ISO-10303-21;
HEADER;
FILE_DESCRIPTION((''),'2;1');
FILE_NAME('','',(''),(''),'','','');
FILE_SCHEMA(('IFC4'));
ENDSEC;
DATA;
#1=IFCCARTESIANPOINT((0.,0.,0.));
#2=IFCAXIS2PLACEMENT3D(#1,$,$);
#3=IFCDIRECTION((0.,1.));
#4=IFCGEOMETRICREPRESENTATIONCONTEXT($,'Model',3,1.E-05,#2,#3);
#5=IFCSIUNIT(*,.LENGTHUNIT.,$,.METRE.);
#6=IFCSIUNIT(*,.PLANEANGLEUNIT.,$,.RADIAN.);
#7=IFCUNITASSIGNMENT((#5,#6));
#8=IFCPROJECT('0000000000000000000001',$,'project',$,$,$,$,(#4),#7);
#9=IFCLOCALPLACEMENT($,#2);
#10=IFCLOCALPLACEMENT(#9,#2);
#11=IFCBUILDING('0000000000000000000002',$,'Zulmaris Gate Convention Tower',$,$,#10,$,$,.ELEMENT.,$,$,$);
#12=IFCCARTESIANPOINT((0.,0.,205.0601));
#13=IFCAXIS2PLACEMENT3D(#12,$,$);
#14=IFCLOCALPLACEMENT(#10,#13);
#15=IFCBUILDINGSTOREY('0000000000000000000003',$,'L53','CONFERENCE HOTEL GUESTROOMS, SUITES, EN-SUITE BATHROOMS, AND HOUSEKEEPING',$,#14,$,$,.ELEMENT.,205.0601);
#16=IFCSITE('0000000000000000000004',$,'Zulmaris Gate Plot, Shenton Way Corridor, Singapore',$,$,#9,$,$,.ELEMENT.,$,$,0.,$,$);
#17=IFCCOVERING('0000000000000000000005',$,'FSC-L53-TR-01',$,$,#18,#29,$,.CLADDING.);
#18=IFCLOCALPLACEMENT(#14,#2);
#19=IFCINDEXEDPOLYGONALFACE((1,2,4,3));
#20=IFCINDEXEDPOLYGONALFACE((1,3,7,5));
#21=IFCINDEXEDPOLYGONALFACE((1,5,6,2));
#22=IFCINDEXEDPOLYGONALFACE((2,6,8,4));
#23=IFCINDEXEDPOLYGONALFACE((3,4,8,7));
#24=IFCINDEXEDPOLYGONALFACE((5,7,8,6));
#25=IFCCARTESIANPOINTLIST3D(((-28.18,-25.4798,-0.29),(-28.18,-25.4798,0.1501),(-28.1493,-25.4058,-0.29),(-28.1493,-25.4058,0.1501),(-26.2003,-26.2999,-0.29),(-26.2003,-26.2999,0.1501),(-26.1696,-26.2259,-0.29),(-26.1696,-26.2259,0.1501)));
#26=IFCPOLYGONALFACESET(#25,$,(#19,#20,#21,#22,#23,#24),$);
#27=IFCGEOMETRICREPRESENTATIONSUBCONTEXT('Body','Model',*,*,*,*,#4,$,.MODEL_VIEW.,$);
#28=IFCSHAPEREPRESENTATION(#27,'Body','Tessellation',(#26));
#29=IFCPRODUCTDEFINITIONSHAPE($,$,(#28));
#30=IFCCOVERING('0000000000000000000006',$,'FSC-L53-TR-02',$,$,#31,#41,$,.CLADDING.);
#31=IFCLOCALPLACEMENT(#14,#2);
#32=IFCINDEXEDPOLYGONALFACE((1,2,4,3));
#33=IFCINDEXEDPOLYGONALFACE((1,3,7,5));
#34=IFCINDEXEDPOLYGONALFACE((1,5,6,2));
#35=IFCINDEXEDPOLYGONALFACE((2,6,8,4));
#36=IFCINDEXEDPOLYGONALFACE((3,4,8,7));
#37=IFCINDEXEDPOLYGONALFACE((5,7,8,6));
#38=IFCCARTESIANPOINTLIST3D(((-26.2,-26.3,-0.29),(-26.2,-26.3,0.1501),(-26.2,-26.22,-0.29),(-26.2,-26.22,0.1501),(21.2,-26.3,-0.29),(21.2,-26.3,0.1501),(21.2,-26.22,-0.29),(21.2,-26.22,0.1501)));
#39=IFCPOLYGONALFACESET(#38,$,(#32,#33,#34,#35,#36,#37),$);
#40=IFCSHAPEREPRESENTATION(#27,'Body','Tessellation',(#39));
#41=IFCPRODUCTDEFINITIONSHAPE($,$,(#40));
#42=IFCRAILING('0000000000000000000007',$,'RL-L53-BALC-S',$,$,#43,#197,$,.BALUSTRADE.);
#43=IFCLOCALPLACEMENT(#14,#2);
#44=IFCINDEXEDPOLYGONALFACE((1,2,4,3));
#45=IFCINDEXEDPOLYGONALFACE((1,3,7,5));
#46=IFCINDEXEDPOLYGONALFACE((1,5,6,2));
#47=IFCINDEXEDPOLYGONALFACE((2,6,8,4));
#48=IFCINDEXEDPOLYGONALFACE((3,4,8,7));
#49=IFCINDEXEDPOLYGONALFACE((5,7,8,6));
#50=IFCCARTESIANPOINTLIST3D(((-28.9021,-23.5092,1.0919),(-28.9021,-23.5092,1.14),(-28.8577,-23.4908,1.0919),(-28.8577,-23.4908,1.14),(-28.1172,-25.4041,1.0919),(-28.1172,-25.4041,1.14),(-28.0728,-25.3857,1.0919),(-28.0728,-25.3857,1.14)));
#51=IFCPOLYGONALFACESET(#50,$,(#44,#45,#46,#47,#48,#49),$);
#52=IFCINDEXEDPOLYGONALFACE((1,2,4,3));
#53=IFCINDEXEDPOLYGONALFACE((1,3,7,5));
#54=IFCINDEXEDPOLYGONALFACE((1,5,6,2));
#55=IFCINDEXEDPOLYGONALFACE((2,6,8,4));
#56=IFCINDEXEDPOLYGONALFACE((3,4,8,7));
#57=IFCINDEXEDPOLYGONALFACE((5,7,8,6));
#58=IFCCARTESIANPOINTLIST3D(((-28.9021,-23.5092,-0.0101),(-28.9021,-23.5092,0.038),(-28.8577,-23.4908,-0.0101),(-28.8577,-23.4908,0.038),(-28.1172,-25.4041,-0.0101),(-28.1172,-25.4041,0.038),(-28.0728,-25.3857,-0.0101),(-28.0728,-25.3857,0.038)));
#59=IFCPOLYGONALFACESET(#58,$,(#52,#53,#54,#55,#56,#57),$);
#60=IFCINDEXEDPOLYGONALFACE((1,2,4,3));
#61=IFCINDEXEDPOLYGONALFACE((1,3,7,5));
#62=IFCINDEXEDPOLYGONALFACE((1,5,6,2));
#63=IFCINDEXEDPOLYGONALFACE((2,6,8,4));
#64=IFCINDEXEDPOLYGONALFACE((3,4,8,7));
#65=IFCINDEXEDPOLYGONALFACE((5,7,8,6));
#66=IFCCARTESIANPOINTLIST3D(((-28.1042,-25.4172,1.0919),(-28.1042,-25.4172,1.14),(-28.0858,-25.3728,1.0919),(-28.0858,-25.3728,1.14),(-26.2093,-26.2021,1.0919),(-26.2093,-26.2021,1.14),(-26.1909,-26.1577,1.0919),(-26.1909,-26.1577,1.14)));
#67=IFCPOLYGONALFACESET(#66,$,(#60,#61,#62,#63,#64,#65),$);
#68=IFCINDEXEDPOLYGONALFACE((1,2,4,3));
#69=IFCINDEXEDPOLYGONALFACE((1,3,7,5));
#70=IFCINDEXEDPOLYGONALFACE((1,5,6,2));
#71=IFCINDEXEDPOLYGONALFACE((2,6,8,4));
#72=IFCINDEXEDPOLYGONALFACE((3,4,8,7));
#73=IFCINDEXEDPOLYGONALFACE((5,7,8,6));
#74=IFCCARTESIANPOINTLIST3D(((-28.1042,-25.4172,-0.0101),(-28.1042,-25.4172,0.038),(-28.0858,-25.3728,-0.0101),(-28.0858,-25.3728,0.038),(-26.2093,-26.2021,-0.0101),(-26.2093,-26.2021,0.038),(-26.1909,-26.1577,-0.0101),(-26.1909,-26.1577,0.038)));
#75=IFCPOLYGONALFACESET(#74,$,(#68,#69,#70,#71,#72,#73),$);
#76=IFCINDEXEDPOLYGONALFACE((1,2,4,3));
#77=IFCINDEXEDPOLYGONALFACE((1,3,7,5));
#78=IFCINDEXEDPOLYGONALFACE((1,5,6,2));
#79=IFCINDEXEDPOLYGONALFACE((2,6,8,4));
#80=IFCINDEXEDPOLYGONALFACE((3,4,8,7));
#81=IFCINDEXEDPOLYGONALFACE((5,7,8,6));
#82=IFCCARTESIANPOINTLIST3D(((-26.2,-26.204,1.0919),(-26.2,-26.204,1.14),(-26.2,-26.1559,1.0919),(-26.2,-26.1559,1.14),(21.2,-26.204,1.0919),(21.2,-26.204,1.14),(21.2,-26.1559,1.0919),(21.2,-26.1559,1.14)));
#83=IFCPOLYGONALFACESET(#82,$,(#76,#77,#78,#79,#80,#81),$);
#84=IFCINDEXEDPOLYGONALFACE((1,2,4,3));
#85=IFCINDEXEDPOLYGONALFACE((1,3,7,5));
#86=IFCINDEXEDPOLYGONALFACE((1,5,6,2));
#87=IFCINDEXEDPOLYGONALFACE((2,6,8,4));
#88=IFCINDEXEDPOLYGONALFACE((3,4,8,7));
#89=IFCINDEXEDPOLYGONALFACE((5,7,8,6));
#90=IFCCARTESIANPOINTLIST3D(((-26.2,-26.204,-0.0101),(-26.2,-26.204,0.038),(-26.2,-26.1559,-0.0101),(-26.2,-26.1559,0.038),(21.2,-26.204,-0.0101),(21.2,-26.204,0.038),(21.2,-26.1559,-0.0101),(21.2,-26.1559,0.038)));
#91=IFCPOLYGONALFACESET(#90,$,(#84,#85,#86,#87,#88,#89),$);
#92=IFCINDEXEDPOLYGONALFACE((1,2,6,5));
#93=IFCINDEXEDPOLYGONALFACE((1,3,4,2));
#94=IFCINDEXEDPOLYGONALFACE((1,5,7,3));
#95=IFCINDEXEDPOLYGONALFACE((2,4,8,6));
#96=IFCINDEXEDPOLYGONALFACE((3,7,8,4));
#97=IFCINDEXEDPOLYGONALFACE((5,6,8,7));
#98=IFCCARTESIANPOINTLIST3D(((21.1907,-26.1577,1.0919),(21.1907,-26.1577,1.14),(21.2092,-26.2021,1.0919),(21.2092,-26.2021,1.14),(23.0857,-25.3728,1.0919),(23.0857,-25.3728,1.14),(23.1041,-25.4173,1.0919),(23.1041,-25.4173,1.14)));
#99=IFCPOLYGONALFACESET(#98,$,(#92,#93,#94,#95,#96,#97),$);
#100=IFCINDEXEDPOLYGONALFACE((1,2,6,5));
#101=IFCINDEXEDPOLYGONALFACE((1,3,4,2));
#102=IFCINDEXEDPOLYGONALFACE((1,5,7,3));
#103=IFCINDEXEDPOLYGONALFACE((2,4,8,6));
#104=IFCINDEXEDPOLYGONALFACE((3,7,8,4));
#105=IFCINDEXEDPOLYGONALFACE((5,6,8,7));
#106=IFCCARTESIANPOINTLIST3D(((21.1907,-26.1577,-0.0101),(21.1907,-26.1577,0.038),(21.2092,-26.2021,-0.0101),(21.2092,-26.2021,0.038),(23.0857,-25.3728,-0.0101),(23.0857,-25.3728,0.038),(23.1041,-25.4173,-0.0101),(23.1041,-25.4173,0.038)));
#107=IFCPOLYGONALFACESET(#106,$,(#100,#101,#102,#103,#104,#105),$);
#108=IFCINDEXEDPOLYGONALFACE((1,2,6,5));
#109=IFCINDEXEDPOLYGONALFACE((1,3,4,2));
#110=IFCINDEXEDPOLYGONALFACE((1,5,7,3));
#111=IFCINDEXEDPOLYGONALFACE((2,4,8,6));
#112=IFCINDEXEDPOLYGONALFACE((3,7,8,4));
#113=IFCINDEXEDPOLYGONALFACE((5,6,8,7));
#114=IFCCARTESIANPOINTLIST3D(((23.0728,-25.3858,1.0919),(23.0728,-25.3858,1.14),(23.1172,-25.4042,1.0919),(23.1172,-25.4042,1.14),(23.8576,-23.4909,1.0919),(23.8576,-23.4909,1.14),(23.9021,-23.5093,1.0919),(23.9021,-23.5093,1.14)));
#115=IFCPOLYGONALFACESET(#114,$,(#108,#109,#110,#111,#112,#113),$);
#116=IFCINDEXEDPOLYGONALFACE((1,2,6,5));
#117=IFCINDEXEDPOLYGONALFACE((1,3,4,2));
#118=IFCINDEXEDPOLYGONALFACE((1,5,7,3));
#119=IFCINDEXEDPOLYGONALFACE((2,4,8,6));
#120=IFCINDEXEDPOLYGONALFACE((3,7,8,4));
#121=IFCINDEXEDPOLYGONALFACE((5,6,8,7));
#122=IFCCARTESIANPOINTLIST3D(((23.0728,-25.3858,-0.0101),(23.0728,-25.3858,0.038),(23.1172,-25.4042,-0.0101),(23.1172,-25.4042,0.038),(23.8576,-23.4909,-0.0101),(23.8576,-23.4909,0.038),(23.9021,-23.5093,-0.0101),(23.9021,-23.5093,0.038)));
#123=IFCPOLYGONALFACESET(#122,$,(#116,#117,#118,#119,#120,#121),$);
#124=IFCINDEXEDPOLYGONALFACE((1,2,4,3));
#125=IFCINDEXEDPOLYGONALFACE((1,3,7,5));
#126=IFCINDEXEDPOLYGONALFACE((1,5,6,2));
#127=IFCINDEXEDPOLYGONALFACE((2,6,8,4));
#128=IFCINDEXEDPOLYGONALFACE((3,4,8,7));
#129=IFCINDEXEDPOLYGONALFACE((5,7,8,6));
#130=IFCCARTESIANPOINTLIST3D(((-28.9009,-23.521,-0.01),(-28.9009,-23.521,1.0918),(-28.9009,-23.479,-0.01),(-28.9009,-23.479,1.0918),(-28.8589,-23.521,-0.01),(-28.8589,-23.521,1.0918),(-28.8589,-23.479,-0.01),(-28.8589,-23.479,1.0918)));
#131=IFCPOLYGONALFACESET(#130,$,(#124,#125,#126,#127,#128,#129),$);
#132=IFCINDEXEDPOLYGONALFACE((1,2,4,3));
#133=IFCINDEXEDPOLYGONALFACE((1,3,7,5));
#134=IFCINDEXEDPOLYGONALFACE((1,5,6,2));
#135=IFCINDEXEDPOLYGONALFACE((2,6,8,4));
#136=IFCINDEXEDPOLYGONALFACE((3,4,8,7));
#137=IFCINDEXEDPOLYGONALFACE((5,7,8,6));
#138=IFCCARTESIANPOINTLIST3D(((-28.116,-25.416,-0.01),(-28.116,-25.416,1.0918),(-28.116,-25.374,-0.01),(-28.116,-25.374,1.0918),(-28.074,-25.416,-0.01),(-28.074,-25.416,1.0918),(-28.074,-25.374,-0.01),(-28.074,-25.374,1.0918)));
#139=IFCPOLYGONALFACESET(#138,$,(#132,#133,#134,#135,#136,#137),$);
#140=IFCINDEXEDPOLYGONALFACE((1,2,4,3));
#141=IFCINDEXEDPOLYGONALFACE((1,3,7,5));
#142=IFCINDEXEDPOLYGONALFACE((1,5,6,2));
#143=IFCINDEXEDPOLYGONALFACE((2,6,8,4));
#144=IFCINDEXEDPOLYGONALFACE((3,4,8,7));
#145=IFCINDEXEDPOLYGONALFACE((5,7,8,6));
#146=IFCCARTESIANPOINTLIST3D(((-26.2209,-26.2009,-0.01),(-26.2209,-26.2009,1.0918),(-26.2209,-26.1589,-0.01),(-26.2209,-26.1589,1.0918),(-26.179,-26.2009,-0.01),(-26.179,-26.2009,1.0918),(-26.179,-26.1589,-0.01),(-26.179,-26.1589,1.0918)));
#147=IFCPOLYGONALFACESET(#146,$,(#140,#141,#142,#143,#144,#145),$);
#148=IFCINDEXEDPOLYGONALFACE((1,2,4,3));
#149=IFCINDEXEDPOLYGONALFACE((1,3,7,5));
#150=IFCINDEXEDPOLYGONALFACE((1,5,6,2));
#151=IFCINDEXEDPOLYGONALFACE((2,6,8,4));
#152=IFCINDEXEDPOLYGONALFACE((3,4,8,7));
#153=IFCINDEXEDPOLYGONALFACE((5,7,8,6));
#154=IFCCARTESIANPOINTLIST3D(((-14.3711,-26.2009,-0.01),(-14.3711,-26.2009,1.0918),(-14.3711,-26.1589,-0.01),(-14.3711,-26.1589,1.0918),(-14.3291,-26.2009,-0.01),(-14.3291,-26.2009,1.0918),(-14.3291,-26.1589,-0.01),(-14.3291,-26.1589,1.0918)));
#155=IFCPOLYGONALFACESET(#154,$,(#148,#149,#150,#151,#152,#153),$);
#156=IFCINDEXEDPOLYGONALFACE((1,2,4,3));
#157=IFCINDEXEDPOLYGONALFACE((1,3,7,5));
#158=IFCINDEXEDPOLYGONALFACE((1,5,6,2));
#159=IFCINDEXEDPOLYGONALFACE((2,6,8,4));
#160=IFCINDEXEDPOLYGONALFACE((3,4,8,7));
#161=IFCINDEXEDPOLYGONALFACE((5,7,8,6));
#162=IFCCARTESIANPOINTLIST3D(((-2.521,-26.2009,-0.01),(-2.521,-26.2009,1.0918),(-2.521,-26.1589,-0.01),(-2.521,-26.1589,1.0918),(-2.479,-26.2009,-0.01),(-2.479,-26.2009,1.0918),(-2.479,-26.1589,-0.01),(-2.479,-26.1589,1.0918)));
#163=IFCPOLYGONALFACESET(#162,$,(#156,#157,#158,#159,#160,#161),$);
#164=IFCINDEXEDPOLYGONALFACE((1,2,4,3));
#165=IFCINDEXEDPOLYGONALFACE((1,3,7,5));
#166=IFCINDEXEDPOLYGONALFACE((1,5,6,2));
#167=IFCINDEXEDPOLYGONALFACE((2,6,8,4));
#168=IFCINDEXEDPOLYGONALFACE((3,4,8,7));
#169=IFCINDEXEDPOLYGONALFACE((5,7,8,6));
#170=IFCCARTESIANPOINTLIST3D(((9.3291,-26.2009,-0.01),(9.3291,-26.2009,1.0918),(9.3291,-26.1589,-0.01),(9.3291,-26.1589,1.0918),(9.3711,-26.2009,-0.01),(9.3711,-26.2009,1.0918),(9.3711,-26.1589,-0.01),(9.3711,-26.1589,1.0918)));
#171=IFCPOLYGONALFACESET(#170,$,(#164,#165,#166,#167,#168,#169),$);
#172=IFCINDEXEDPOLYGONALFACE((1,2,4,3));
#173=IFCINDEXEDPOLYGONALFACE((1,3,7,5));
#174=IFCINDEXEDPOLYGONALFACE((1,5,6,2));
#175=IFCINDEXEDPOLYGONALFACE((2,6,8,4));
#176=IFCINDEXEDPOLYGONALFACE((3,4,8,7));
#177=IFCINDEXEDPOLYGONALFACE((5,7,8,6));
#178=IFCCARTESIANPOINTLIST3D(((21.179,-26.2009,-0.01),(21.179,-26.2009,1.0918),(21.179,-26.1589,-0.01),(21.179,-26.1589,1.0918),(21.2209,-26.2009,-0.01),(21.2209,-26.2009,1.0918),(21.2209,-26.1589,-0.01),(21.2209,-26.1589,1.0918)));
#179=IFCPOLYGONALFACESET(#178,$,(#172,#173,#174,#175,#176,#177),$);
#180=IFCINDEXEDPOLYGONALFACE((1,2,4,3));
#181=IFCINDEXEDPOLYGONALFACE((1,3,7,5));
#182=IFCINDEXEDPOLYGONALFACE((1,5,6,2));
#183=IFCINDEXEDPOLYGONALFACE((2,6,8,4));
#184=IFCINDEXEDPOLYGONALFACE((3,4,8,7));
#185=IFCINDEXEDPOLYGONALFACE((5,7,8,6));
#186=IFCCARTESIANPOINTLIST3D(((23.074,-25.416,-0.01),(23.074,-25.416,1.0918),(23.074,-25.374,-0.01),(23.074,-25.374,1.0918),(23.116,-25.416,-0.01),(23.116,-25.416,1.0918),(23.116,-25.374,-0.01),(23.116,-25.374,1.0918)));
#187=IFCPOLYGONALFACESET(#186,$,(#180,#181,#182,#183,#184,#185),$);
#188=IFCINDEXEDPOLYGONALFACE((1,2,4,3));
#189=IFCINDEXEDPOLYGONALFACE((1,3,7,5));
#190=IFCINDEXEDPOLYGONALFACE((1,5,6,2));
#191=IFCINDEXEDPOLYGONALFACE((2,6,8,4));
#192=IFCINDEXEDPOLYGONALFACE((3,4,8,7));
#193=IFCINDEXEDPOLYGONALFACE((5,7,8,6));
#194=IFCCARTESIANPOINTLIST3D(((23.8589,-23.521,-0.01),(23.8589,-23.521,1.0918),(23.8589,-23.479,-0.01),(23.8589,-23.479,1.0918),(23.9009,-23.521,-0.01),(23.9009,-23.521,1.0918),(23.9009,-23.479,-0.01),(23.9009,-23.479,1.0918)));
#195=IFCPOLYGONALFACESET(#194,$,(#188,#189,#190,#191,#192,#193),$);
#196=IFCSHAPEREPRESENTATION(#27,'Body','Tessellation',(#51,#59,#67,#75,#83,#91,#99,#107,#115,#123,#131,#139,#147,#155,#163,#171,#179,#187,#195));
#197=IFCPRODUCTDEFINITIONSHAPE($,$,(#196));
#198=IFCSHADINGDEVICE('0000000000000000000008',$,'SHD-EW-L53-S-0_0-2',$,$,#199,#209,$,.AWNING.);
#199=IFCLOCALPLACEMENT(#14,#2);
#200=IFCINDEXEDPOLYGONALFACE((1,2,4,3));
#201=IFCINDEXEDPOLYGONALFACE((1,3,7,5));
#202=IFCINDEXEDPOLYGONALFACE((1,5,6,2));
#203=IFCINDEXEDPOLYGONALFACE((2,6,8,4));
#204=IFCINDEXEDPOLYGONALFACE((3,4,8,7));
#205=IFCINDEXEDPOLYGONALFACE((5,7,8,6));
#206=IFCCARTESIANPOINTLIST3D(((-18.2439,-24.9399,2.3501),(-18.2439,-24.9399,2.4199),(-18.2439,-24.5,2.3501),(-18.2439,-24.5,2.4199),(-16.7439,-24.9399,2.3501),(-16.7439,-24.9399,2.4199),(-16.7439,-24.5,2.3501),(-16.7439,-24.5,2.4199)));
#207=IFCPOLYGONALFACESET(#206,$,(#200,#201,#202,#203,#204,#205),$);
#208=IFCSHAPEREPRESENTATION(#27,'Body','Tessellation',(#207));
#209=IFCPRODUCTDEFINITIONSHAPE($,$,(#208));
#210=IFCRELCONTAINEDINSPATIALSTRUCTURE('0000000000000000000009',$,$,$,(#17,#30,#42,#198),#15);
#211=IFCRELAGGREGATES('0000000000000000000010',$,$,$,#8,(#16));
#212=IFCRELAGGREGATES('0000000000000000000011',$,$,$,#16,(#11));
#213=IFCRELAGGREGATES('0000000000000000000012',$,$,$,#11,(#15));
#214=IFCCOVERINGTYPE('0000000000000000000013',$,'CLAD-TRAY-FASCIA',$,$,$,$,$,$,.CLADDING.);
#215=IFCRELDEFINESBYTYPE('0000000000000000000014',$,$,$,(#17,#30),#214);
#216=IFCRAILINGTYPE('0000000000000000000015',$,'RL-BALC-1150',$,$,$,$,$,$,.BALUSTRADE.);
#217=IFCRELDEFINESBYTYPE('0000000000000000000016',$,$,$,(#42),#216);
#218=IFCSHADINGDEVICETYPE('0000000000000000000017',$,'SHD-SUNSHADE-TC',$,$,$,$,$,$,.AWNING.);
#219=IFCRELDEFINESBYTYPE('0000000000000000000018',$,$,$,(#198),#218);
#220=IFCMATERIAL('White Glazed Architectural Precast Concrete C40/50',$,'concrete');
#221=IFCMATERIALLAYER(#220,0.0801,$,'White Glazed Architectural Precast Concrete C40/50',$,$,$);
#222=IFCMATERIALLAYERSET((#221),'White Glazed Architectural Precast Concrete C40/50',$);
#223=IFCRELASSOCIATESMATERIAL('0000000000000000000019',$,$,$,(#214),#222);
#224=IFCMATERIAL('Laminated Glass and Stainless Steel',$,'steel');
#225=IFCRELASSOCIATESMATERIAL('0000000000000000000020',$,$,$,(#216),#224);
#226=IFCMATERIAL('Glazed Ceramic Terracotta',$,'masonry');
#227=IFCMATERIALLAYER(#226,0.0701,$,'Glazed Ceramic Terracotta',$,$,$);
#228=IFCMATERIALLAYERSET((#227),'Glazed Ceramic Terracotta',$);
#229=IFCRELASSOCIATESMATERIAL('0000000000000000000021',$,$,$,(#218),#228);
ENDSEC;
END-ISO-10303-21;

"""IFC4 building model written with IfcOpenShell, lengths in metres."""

from ifc_helpers import new_model, si_unit, direction, frame, frame_2d, origin, origin_2d, place, context, subcontext, project, spatial, rectangle, extrude, material, layer, layer_set, type_object, element, save


model = new_model("IFC4")

# Units and contexts
model_context = context("Model", 3, precision=1e-05, world=origin(), true_north=direction((0.0, 1.0)))
body_context = subcontext(model_context, "Body", "Model", "MODEL_VIEW")
ifc_project = project(units=[si_unit("LENGTHUNIT", "METRE"), si_unit("PLANEANGLEUNIT", "RADIAN")], contexts=[model_context])

# Site, building, storey
site_placement = place(None, origin())
site = spatial("IfcSite", under=ifc_project, at=site_placement, Name="Zulmaris Gate Plot, Shenton Way Corridor, Singapore", CompositionType="ELEMENT", RefElevation=0.0)
building_placement = place(site_placement, origin())
building = spatial("IfcBuilding", under=site, at=building_placement, Name="Zulmaris Gate Convention Tower", CompositionType="ELEMENT")
storey_placement = place(building_placement, frame((0.0, 0.0, 205.0601)))
storey = spatial("IfcBuildingStorey", under=building, at=storey_placement, Name="L53", Description="CONFERENCE HOTEL GUESTROOMS, SUITES, EN-SUITE BATHROOMS, AND HOUSEKEEPING", CompositionType="ELEMENT", Elevation=205.0601)

# Coverings
ifc_material_1 = material(Name="White Glazed Architectural Precast Concrete C40/50", Category="concrete")
ifc_layer_1 = layer(ifc_material_1, 0.0801, Name="White Glazed Architectural Precast Concrete C40/50")
ifc_layer_set_1 = layer_set([ifc_layer_1], Name="White Glazed Architectural Precast Concrete C40/50")
covering_type_1 = type_object("IfcCoveringType", Name="CLAD-TRAY-FASCIA", PredefinedType="CLADDING", material=ifc_layer_set_1)
covering_1_placement = place(storey_placement, frame((-28.1646, -25.4429, -0.29), z_axis=(0.0, 0.0, 1.0), x_axis=(0.923874, -0.382697, 0.0)))
element("IfcCovering", 1, at=covering_1_placement, inside=storey, type_object=covering_type_1, Name="FSC-L53-TR-01", PredefinedType="CLADDING", context=body_context, shape_type="SweptSolid", body=[
    extrude(rectangle(XDim=2.1428, YDim=0.0801, at=frame_2d((1.0713, 0.0))), origin(), (0.0, 0.0, 1.0), 0.4402),
])
covering_2_placement = place(storey_placement, frame((-26.2, -26.26, -0.29), z_axis=(0.0, 0.0, 1.0), x_axis=(1.0, 0.0, 0.0)))
element("IfcCovering", 2, at=covering_2_placement, inside=storey, type_object=covering_type_1, Name="FSC-L53-TR-02", PredefinedType="CLADDING", context=body_context, shape_type="SweptSolid", body=[
    extrude(rectangle(XDim=47.3999, YDim=0.0801, at=frame_2d((23.7, 0.0))), origin(), (0.0, 0.0, 1.0), 0.4402),
])

# Railing
ifc_material_2 = material(Name="Laminated Glass and Stainless Steel", Category="steel")
railing_type = type_object("IfcRailingType", Name="RL-BALC-1150", PredefinedType="BALUSTRADE", material=ifc_material_2)
railing_placement = place(storey_placement, frame((-28.8799, -23.5, -0.01)))
element("IfcRailing", 3, at=railing_placement, inside=storey, type_object=railing_type, Name="RL-L53-BALC-S", PredefinedType="BALUSTRADE", context=body_context, shape_type="SweptSolid", body=[
    extrude(rectangle(XDim=0.0481, YDim=0.0481, at=origin_2d()), frame((0.0, 0.0, 1.126), z_axis=(0.382671, -0.923885, 0.0), x_axis=(0.923885, 0.382671, 0.0)), (0.0, 0.0, 1.0), 2.051),
    extrude(rectangle(XDim=0.0481, YDim=0.0481, at=origin_2d()), frame((0.0, 0.0, 0.0239), z_axis=(0.382671, -0.923885, 0.0), x_axis=(0.923885, 0.382671, 0.0)), (0.0, 0.0, 1.0), 2.051),
    extrude(rectangle(XDim=0.0481, YDim=0.0481, at=origin_2d()), frame((0.7849, -1.895, 1.126), z_axis=(0.923885, -0.382671, 0.0), x_axis=(0.382671, 0.923885, 0.0)), (0.0, 0.0, 1.0), 2.051),
    extrude(rectangle(XDim=0.0481, YDim=0.0481, at=origin_2d()), frame((0.7849, -1.895, 0.0239), z_axis=(0.923885, -0.382671, 0.0), x_axis=(0.382671, 0.923885, 0.0)), (0.0, 0.0, 1.0), 2.051),
    extrude(rectangle(XDim=0.0481, YDim=0.0481, at=origin_2d()), frame((2.6799, -2.6799, 1.126), z_axis=(1.0, 0.0, 0.0), x_axis=(0.0, 1.0, 0.0)), (0.0, 0.0, 1.0), 47.3999),
    extrude(rectangle(XDim=0.0481, YDim=0.0481, at=origin_2d()), frame((2.6799, -2.6799, 0.0239), z_axis=(1.0, 0.0, 0.0), x_axis=(0.0, 1.0, 0.0)), (0.0, 0.0, 1.0), 47.3999),
    extrude(rectangle(XDim=0.0481, YDim=0.0481, at=origin_2d()), frame((50.0798, -2.6799, 1.126), z_axis=(0.923885, 0.382671, 0.0), x_axis=(-0.382671, 0.923885, 0.0)), (0.0, 0.0, 1.0), 2.051),
    extrude(rectangle(XDim=0.0481, YDim=0.0481, at=origin_2d()), frame((50.0798, -2.6799, 0.0239), z_axis=(0.923885, 0.382671, 0.0), x_axis=(-0.382671, 0.923885, 0.0)), (0.0, 0.0, 1.0), 2.051),
    extrude(rectangle(XDim=0.0481, YDim=0.0481, at=origin_2d()), frame((51.9749, -1.895, 1.126), z_axis=(0.382671, 0.923885, 0.0), x_axis=(-0.923885, 0.382671, 0.0)), (0.0, 0.0, 1.0), 2.051),
    extrude(rectangle(XDim=0.0481, YDim=0.0481, at=origin_2d()), frame((51.9749, -1.895, 0.0239), z_axis=(0.382671, 0.923885, 0.0), x_axis=(-0.923885, 0.382671, 0.0)), (0.0, 0.0, 1.0), 2.051),
    extrude(rectangle(XDim=0.042, YDim=0.042, at=origin_2d()), origin(), (0.0, 0.0, 1.0), 1.1018),
    extrude(rectangle(XDim=0.042, YDim=0.042, at=origin_2d()), frame((0.7849, -1.895, 0.0)), (0.0, 0.0, 1.0), 1.1018),
    extrude(rectangle(XDim=0.042, YDim=0.042, at=origin_2d()), frame((2.6799, -2.6799, 0.0)), (0.0, 0.0, 1.0), 1.1018),
    extrude(rectangle(XDim=0.042, YDim=0.042, at=origin_2d()), frame((14.5298, -2.6799, 0.0)), (0.0, 0.0, 1.0), 1.1018),
    extrude(rectangle(XDim=0.042, YDim=0.042, at=origin_2d()), frame((26.3799, -2.6799, 0.0)), (0.0, 0.0, 1.0), 1.1018),
    extrude(rectangle(XDim=0.042, YDim=0.042, at=origin_2d()), frame((38.23, -2.6799, 0.0)), (0.0, 0.0, 1.0), 1.1018),
    extrude(rectangle(XDim=0.042, YDim=0.042, at=origin_2d()), frame((50.0798, -2.6799, 0.0)), (0.0, 0.0, 1.0), 1.1018),
    extrude(rectangle(XDim=0.042, YDim=0.042, at=origin_2d()), frame((51.9749, -1.895, 0.0)), (0.0, 0.0, 1.0), 1.1018),
    extrude(rectangle(XDim=0.042, YDim=0.042, at=origin_2d()), frame((52.7598, 0.0, 0.0)), (0.0, 0.0, 1.0), 1.1018),
])

# Shading device
ifc_material_3 = material(Name="Glazed Ceramic Terracotta", Category="masonry")
ifc_layer_2 = layer(ifc_material_3, 0.0701, Name="Glazed Ceramic Terracotta")
ifc_layer_set_2 = layer_set([ifc_layer_2], Name="Glazed Ceramic Terracotta")
shading_device_type = type_object("IfcShadingDeviceType", Name="SHD-SUNSHADE-TC", PredefinedType="AWNING", material=ifc_layer_set_2)
shading_device_placement = place(storey_placement, frame((-18.2439, -24.72, 2.3501), z_axis=(0.0, 0.0, 1.0), x_axis=(1.0, 0.0, 0.0)))
element("IfcShadingDevice", 4, at=shading_device_placement, inside=storey, type_object=shading_device_type, Name="SHD-EW-L53-S-0_0-2", PredefinedType="AWNING", context=body_context, shape_type="SweptSolid", body=[
    extrude(rectangle(XDim=1.5, YDim=0.4399, at=frame_2d((0.75, 0.0))), origin(), (0.0, 0.0, 1.0), 0.0698),
])

save(model, "model.ifc")
